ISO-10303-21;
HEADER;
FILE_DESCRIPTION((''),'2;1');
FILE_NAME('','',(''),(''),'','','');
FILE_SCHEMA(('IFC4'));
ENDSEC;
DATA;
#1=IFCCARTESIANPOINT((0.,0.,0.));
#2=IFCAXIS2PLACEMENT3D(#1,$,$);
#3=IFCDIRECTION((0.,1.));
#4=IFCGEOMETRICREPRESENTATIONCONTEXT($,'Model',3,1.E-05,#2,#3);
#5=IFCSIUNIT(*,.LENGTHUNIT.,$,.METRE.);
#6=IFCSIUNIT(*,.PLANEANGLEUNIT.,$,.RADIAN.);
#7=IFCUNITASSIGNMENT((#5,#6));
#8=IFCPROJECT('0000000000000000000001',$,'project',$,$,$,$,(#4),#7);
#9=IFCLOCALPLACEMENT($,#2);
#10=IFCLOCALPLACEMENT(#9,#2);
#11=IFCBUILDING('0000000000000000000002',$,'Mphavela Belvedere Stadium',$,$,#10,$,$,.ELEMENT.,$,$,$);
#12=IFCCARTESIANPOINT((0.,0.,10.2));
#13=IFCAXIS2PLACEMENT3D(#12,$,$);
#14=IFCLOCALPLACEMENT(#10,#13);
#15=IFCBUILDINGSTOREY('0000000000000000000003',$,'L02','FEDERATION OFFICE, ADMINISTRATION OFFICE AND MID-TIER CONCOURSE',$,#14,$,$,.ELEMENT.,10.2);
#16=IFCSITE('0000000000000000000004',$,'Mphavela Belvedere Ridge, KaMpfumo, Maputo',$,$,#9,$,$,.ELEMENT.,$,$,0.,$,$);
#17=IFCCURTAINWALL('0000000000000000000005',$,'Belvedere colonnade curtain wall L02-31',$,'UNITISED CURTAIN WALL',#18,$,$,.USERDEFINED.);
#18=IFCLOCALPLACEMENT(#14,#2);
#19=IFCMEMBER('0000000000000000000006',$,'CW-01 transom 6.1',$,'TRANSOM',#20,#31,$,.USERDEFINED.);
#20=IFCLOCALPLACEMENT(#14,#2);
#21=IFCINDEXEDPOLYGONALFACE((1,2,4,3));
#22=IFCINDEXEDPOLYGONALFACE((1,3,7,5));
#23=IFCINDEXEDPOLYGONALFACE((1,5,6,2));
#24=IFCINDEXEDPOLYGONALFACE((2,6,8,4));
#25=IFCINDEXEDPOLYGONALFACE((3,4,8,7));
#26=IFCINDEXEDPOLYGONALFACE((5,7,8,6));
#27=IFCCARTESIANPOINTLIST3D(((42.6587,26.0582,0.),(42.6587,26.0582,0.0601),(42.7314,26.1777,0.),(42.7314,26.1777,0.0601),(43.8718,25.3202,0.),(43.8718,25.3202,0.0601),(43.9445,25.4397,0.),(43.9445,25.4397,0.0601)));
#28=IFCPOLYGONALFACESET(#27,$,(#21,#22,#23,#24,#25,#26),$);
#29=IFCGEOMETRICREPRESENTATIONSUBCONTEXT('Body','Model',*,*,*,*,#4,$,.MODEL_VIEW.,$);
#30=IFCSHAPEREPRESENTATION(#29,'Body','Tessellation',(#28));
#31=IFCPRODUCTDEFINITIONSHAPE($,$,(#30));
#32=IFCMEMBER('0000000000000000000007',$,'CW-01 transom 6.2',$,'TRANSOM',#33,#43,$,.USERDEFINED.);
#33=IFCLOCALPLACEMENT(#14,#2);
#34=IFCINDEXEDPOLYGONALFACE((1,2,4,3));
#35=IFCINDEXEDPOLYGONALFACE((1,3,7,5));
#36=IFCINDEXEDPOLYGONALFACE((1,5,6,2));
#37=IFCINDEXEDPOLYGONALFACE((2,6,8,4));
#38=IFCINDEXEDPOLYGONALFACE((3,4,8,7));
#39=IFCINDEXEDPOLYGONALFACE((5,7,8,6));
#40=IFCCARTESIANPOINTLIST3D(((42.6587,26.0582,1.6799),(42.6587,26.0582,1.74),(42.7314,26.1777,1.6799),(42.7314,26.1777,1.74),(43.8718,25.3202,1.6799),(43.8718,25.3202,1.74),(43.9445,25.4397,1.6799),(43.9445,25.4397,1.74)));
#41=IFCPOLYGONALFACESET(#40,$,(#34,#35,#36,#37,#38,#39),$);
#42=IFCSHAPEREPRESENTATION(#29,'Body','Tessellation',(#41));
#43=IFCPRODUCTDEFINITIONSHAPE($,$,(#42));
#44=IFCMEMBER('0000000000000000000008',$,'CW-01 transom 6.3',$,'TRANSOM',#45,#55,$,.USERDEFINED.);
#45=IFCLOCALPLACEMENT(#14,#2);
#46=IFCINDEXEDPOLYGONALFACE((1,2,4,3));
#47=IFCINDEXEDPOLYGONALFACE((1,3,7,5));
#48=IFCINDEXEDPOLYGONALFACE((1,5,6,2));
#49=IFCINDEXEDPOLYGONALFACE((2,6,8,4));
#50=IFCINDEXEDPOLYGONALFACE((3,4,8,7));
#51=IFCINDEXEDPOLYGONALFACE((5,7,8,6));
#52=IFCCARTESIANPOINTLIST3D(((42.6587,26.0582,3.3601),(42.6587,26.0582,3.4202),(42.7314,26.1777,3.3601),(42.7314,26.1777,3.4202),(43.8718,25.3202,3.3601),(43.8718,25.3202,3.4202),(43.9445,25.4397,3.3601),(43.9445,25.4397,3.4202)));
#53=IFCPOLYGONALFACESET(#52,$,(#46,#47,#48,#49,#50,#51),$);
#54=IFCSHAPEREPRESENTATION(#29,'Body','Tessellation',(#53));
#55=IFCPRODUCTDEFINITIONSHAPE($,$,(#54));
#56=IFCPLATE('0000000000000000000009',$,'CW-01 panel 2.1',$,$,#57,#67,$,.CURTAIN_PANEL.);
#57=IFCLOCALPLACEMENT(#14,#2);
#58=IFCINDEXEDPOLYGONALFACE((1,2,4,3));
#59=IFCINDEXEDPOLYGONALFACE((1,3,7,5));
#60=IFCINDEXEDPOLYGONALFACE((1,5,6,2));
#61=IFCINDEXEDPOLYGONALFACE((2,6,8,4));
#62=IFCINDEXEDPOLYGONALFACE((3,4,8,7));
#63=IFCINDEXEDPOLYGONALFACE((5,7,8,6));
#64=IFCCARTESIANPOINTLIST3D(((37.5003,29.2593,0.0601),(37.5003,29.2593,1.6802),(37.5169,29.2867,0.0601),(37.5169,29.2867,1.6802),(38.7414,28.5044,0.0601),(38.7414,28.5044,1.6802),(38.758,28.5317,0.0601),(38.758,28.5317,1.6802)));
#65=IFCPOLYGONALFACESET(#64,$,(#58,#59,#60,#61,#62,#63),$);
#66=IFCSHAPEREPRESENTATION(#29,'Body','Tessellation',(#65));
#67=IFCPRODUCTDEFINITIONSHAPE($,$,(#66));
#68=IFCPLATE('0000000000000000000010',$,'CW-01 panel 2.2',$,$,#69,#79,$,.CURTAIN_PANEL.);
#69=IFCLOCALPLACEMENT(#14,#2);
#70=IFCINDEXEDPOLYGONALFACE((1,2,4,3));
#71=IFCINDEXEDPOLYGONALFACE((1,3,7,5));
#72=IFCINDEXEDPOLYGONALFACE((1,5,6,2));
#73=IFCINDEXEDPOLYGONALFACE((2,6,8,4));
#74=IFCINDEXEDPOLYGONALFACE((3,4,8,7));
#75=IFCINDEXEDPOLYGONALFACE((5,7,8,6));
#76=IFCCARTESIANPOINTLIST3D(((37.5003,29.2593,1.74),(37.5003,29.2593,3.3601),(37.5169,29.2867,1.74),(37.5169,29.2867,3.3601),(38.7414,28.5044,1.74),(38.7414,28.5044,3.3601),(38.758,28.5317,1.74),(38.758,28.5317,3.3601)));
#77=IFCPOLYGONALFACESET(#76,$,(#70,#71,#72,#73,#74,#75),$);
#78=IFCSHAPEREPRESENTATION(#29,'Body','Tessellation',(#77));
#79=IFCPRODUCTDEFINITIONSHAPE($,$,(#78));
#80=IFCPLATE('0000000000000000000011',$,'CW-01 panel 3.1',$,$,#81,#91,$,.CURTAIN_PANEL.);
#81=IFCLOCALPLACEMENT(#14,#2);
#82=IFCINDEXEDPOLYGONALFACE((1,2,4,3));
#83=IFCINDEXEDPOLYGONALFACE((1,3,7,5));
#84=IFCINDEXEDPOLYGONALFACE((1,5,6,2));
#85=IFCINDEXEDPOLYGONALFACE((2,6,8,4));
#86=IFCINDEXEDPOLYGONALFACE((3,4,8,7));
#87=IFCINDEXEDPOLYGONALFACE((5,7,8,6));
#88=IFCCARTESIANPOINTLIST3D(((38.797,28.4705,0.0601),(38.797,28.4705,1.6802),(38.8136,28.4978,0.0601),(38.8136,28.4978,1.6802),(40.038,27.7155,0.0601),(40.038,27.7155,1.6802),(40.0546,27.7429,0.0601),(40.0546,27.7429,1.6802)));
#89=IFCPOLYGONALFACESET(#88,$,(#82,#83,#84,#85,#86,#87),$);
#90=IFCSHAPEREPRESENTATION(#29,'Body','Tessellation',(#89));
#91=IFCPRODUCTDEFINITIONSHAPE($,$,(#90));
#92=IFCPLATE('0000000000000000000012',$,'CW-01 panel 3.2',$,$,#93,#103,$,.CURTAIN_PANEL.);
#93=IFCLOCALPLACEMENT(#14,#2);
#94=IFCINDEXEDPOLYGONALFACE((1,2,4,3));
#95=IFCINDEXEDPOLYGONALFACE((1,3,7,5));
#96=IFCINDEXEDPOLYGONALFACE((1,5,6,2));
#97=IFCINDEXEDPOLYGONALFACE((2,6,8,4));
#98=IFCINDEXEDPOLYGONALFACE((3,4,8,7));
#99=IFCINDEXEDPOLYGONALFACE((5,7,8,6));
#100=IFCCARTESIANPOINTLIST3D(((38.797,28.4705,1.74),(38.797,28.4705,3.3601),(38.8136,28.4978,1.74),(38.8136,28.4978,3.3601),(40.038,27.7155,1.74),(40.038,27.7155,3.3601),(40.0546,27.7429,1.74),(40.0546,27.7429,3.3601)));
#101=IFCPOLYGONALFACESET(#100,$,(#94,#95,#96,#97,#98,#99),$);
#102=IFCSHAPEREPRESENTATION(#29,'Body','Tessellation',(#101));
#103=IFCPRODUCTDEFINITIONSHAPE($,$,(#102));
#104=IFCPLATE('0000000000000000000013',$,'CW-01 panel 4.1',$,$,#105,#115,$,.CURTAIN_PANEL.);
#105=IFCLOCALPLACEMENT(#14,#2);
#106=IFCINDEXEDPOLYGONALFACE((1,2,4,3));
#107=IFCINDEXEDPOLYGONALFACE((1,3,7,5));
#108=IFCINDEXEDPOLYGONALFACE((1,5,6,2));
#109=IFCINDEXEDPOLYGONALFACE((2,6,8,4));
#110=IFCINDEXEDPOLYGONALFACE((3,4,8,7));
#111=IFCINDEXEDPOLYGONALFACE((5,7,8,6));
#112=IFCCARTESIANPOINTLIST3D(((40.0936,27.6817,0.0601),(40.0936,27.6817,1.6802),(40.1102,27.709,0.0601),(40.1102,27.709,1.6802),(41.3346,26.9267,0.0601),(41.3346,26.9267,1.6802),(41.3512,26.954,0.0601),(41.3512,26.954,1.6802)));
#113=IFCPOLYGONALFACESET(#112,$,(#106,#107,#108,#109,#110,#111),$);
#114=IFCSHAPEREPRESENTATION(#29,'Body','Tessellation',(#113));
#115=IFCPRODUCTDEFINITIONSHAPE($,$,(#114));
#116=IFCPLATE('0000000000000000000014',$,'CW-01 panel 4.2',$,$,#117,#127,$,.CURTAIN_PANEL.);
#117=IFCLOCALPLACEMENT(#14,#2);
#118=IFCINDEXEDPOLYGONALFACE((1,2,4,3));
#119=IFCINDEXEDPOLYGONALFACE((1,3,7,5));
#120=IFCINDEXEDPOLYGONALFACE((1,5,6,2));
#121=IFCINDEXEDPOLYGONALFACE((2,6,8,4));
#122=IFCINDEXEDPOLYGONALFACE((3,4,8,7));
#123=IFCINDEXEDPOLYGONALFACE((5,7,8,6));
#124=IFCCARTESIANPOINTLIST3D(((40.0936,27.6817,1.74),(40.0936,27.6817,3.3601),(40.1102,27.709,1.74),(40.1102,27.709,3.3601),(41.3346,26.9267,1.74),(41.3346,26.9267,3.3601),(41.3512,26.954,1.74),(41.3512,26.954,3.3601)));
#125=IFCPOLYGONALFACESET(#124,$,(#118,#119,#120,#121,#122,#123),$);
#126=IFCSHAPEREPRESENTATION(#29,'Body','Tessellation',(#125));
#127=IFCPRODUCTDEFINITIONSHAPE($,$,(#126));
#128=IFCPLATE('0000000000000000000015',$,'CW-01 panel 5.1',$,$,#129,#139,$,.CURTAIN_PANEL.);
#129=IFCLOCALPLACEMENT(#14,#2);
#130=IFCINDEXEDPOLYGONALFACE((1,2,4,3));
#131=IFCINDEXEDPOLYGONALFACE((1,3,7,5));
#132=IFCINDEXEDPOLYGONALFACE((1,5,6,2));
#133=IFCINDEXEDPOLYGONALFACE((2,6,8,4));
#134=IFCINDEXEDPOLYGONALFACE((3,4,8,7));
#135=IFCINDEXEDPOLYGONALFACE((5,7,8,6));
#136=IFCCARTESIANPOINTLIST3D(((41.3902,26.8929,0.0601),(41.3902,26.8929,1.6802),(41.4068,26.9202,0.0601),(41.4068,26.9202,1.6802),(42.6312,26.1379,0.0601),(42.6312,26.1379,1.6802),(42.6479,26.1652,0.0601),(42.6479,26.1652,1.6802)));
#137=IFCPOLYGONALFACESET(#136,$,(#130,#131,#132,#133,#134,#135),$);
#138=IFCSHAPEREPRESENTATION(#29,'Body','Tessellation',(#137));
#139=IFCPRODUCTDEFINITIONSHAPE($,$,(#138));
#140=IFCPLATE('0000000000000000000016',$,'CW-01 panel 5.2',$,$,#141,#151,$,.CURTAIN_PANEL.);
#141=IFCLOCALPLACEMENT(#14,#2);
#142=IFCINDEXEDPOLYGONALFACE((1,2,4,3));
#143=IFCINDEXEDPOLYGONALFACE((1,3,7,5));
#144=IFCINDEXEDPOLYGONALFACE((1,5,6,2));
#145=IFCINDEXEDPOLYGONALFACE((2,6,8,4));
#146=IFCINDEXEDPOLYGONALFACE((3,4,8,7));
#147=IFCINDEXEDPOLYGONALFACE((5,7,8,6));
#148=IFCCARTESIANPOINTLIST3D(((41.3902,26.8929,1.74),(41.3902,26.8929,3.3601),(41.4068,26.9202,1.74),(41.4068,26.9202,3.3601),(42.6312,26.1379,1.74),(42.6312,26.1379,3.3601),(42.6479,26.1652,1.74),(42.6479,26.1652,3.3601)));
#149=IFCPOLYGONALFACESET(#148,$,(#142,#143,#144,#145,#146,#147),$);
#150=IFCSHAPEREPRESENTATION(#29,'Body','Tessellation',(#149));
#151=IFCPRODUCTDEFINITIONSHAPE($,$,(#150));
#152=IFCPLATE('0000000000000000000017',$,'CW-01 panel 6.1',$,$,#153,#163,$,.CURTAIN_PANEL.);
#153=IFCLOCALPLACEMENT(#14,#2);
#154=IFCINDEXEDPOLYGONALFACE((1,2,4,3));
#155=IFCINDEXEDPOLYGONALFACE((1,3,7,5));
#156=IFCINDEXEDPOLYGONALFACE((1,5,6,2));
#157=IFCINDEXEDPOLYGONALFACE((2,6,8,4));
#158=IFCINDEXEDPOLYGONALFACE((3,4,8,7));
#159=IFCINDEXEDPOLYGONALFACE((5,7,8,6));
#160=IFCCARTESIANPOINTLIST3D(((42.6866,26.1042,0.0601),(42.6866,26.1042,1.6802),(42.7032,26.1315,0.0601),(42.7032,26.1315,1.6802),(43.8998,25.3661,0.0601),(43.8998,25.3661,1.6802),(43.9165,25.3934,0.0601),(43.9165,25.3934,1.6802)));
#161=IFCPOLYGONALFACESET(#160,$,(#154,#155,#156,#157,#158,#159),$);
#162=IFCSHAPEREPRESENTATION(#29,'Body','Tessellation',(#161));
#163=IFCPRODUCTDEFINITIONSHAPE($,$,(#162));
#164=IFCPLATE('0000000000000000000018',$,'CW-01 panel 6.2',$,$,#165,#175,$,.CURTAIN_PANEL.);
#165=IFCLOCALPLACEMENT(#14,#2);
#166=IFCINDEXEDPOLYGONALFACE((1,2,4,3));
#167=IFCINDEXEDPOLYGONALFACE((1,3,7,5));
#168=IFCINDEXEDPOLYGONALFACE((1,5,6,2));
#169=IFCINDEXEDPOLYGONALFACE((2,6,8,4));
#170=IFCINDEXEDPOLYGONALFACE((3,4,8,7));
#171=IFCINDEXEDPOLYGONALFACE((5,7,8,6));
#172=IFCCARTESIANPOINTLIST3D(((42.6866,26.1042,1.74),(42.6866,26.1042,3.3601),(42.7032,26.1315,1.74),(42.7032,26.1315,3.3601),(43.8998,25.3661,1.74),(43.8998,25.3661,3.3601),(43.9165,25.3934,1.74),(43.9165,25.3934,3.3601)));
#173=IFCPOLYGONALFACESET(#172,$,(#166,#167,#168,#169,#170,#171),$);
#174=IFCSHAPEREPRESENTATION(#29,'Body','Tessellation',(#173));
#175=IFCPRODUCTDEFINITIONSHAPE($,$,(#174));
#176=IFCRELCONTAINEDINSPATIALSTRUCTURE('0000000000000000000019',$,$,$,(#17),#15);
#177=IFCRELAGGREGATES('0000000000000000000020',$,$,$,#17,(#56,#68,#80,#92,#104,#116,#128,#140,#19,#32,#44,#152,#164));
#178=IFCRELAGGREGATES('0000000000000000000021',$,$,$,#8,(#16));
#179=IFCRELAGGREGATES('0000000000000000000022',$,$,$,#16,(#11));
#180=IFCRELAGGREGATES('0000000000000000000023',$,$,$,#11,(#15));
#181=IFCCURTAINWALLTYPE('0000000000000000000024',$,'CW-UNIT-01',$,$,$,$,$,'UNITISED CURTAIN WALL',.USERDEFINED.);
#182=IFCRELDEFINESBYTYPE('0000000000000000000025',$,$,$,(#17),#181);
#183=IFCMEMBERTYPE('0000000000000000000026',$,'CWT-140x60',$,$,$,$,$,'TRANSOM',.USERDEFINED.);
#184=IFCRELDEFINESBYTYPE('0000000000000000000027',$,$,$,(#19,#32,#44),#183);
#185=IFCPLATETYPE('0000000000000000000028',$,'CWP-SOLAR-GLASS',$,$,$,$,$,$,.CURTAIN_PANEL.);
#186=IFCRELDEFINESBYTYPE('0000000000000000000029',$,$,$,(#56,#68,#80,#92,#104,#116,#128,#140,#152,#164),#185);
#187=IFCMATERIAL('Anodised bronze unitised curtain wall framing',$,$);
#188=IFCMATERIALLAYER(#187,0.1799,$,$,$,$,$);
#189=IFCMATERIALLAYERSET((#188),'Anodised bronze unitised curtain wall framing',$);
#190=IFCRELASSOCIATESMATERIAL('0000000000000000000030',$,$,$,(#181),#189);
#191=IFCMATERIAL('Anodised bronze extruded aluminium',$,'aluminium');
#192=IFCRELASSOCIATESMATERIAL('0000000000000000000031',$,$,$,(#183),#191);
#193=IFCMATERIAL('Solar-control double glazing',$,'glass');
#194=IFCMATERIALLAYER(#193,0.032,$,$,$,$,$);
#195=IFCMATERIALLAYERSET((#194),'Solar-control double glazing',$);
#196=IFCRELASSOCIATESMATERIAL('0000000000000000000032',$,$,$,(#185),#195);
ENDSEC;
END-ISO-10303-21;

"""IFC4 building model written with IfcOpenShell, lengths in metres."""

from ifc_helpers import new_model, si_unit, direction, frame, origin, origin_2d, place, context, subcontext, project, spatial, rectangle, extrude, material, layer, layer_set, material_profile, profile_set, type_object, element, aggregate, save


model = new_model("IFC4")

# Units and contexts
model_context = context("Model", 3, precision=1e-05, world=origin(), true_north=direction((0.0, 1.0)))
body_context = subcontext(model_context, "Body", "Model", "MODEL_VIEW")
ifc_project = project(units=[si_unit("LENGTHUNIT", "METRE"), si_unit("PLANEANGLEUNIT", "RADIAN")], contexts=[model_context])

# Site, building, storey
site_placement = place(None, origin())
site = spatial("IfcSite", under=ifc_project, at=site_placement, Name="Mphavela Belvedere Ridge, KaMpfumo, Maputo", CompositionType="ELEMENT", RefElevation=0.0)
building_placement = place(site_placement, origin())
building = spatial("IfcBuilding", under=site, at=building_placement, Name="Mphavela Belvedere Stadium", CompositionType="ELEMENT")
storey_placement = place(building_placement, frame((0.0, 0.0, 10.2)))
storey = spatial("IfcBuildingStorey", under=building, at=storey_placement, Name="L02", Description="FEDERATION OFFICE, ADMINISTRATION OFFICE AND MID-TIER CONCOURSE", CompositionType="ELEMENT", Elevation=10.2)

# Curtain wall, members, plates
ifc_material_1 = material(Name="Anodised bronze unitised curtain wall framing")
ifc_layer_1 = layer(ifc_material_1, 0.1799)
ifc_layer_set_1 = layer_set([ifc_layer_1], Name="Anodised bronze unitised curtain wall framing")
curtain_wall_type = type_object("IfcCurtainWallType", Name="CW-UNIT-01", ElementType="UNITISED CURTAIN WALL", PredefinedType="USERDEFINED", material=ifc_layer_set_1)
curtain_wall_placement = place(storey_placement, origin())
curtain_wall = element("IfcCurtainWall", 1, at=curtain_wall_placement, inside=storey, type_object=curtain_wall_type, Name="Belvedere colonnade curtain wall L02-31", ObjectType="UNITISED CURTAIN WALL", PredefinedType="USERDEFINED")
ifc_material_2 = material(Name="Anodised bronze extruded aluminium", Category="aluminium")
ifc_material_profile_1 = material_profile(ifc_material_2, rectangle(XDim=0.1399, YDim=0.0601, at=origin_2d()), Name="CW-TRN 140x60")
ifc_profile_set_1 = profile_set([ifc_material_profile_1], Name="Anodised bronze extruded aluminium")
member_type_1 = type_object("IfcMemberType", Name="CWT-140x60", ElementType="TRANSOM", PredefinedType="USERDEFINED", material=ifc_profile_set_1)
member_1_placement = place(storey_placement, frame((42.6951, 26.1179, 0.03), z_axis=(0.854321, -0.519745, 0.0), x_axis=(0.519745, 0.854321, 0.0)))
member_1 = element("IfcMember", 2, at=member_1_placement, type_object=member_type_1, Name="CW-01 transom 6.1", ObjectType="TRANSOM", PredefinedType="USERDEFINED", context=body_context, shape_type="SweptSolid", body=[
    extrude(rectangle(XDim=0.1399, YDim=0.0601, at=origin_2d()), origin(), (0.0, 0.0, 1.0), 1.4199),
])
member_2_placement = place(storey_placement, frame((42.6951, 26.1179, 1.71), z_axis=(0.854321, -0.519745, 0.0), x_axis=(0.519745, 0.854321, 0.0)))
member_2 = element("IfcMember", 3, at=member_2_placement, type_object=member_type_1, Name="CW-01 transom 6.2", ObjectType="TRANSOM", PredefinedType="USERDEFINED", context=body_context, shape_type="SweptSolid", body=[
    extrude(rectangle(XDim=0.1399, YDim=0.0601, at=origin_2d()), origin(), (0.0, 0.0, 1.0), 1.4199),
])
member_3_placement = place(storey_placement, frame((42.6951, 26.1179, 3.3901), z_axis=(0.854321, -0.519745, 0.0), x_axis=(0.519745, 0.854321, 0.0)))
member_3 = element("IfcMember", 4, at=member_3_placement, type_object=member_type_1, Name="CW-01 transom 6.3", ObjectType="TRANSOM", PredefinedType="USERDEFINED", context=body_context, shape_type="SweptSolid", body=[
    extrude(rectangle(XDim=0.1399, YDim=0.0601, at=origin_2d()), origin(), (0.0, 0.0, 1.0), 1.4199),
])
ifc_material_3 = material(Name="Solar-control double glazing", Category="glass")
ifc_layer_2 = layer(ifc_material_3, 0.032)
ifc_layer_set_2 = layer_set([ifc_layer_2], Name="Solar-control double glazing")
plate_type = type_object("IfcPlateType", Name="CWP-SOLAR-GLASS", PredefinedType="CURTAIN_PANEL", material=ifc_layer_set_2)
plate_1_placement = place(storey_placement, frame((38.1292, 28.8955, 0.0601), z_axis=(0.0, 0.0, 1.0), x_axis=(0.85433, -0.519732, 0.0)))
plate_1 = element("IfcPlate", 5, at=plate_1_placement, type_object=plate_type, Name="CW-01 panel 2.1", PredefinedType="CURTAIN_PANEL", context=body_context, shape_type="SweptSolid", body=[
    extrude(rectangle(XDim=1.4526, YDim=0.032, at=origin_2d()), origin(), (0.0, 0.0, 1.0), 1.6201),
])
plate_2_placement = place(storey_placement, frame((38.1292, 28.8955, 1.74), z_axis=(0.0, 0.0, 1.0), x_axis=(0.85433, -0.519732, 0.0)))
plate_2 = element("IfcPlate", 6, at=plate_2_placement, type_object=plate_type, Name="CW-01 panel 2.2", PredefinedType="CURTAIN_PANEL", context=body_context, shape_type="SweptSolid", body=[
    extrude(rectangle(XDim=1.4526, YDim=0.032, at=origin_2d()), origin(), (0.0, 0.0, 1.0), 1.6201),
])
plate_3_placement = place(storey_placement, frame((39.4258, 28.1067, 0.0601), z_axis=(0.0, 0.0, 1.0), x_axis=(0.85433, -0.519732, 0.0)))
plate_3 = element("IfcPlate", 7, at=plate_3_placement, type_object=plate_type, Name="CW-01 panel 3.1", PredefinedType="CURTAIN_PANEL", context=body_context, shape_type="SweptSolid", body=[
    extrude(rectangle(XDim=1.4526, YDim=0.032, at=origin_2d()), origin(), (0.0, 0.0, 1.0), 1.6201),
])
plate_4_placement = place(storey_placement, frame((39.4258, 28.1067, 1.74), z_axis=(0.0, 0.0, 1.0), x_axis=(0.85433, -0.519732, 0.0)))
plate_4 = element("IfcPlate", 8, at=plate_4_placement, type_object=plate_type, Name="CW-01 panel 3.2", PredefinedType="CURTAIN_PANEL", context=body_context, shape_type="SweptSolid", body=[
    extrude(rectangle(XDim=1.4526, YDim=0.032, at=origin_2d()), origin(), (0.0, 0.0, 1.0), 1.6201),
])
plate_5_placement = place(storey_placement, frame((40.7224, 27.3179, 0.0601), z_axis=(0.0, 0.0, 1.0), x_axis=(0.85433, -0.519732, 0.0)))
plate_5 = element("IfcPlate", 9, at=plate_5_placement, type_object=plate_type, Name="CW-01 panel 4.1", PredefinedType="CURTAIN_PANEL", context=body_context, shape_type="SweptSolid", body=[
    extrude(rectangle(XDim=1.4526, YDim=0.032, at=origin_2d()), origin(), (0.0, 0.0, 1.0), 1.6201),
])
plate_6_placement = place(storey_placement, frame((40.7224, 27.3179, 1.74), z_axis=(0.0, 0.0, 1.0), x_axis=(0.85433, -0.519732, 0.0)))
plate_6 = element("IfcPlate", 10, at=plate_6_placement, type_object=plate_type, Name="CW-01 panel 4.2", PredefinedType="CURTAIN_PANEL", context=body_context, shape_type="SweptSolid", body=[
    extrude(rectangle(XDim=1.4526, YDim=0.032, at=origin_2d()), origin(), (0.0, 0.0, 1.0), 1.6201),
])
plate_7_placement = place(storey_placement, frame((42.019, 26.5291, 0.0601), z_axis=(0.0, 0.0, 1.0), x_axis=(0.85433, -0.519732, 0.0)))
plate_7 = element("IfcPlate", 11, at=plate_7_placement, type_object=plate_type, Name="CW-01 panel 5.1", PredefinedType="CURTAIN_PANEL", context=body_context, shape_type="SweptSolid", body=[
    extrude(rectangle(XDim=1.4526, YDim=0.032, at=origin_2d()), origin(), (0.0, 0.0, 1.0), 1.6201),
])
plate_8_placement = place(storey_placement, frame((42.019, 26.5291, 1.74), z_axis=(0.0, 0.0, 1.0), x_axis=(0.85433, -0.519732, 0.0)))
plate_8 = element("IfcPlate", 12, at=plate_8_placement, type_object=plate_type, Name="CW-01 panel 5.2", PredefinedType="CURTAIN_PANEL", context=body_context, shape_type="SweptSolid", body=[
    extrude(rectangle(XDim=1.4526, YDim=0.032, at=origin_2d()), origin(), (0.0, 0.0, 1.0), 1.6201),
])
plate_9_placement = place(storey_placement, frame((43.3015, 25.7488, 0.0601), z_axis=(0.0, 0.0, 1.0), x_axis=(0.85433, -0.519732, 0.0)))
plate_9 = element("IfcPlate", 13, at=plate_9_placement, type_object=plate_type, Name="CW-01 panel 6.1", PredefinedType="CURTAIN_PANEL", context=body_context, shape_type="SweptSolid", body=[
    extrude(rectangle(XDim=1.4202, YDim=0.032, at=origin_2d()), origin(), (0.0, 0.0, 1.0), 1.6201),
])
plate_10_placement = place(storey_placement, frame((43.3015, 25.7488, 1.74), z_axis=(0.0, 0.0, 1.0), x_axis=(0.85433, -0.519732, 0.0)))
plate_10 = element("IfcPlate", 14, at=plate_10_placement, type_object=plate_type, Name="CW-01 panel 6.2", PredefinedType="CURTAIN_PANEL", context=body_context, shape_type="SweptSolid", body=[
    extrude(rectangle(XDim=1.4202, YDim=0.032, at=origin_2d()), origin(), (0.0, 0.0, 1.0), 1.6201),
])
aggregate(curtain_wall, [plate_1, plate_2, plate_3, plate_4, plate_5, plate_6, plate_7, plate_8, member_1, member_2, member_3, plate_9, plate_10])

save(model, "model.ifc")
